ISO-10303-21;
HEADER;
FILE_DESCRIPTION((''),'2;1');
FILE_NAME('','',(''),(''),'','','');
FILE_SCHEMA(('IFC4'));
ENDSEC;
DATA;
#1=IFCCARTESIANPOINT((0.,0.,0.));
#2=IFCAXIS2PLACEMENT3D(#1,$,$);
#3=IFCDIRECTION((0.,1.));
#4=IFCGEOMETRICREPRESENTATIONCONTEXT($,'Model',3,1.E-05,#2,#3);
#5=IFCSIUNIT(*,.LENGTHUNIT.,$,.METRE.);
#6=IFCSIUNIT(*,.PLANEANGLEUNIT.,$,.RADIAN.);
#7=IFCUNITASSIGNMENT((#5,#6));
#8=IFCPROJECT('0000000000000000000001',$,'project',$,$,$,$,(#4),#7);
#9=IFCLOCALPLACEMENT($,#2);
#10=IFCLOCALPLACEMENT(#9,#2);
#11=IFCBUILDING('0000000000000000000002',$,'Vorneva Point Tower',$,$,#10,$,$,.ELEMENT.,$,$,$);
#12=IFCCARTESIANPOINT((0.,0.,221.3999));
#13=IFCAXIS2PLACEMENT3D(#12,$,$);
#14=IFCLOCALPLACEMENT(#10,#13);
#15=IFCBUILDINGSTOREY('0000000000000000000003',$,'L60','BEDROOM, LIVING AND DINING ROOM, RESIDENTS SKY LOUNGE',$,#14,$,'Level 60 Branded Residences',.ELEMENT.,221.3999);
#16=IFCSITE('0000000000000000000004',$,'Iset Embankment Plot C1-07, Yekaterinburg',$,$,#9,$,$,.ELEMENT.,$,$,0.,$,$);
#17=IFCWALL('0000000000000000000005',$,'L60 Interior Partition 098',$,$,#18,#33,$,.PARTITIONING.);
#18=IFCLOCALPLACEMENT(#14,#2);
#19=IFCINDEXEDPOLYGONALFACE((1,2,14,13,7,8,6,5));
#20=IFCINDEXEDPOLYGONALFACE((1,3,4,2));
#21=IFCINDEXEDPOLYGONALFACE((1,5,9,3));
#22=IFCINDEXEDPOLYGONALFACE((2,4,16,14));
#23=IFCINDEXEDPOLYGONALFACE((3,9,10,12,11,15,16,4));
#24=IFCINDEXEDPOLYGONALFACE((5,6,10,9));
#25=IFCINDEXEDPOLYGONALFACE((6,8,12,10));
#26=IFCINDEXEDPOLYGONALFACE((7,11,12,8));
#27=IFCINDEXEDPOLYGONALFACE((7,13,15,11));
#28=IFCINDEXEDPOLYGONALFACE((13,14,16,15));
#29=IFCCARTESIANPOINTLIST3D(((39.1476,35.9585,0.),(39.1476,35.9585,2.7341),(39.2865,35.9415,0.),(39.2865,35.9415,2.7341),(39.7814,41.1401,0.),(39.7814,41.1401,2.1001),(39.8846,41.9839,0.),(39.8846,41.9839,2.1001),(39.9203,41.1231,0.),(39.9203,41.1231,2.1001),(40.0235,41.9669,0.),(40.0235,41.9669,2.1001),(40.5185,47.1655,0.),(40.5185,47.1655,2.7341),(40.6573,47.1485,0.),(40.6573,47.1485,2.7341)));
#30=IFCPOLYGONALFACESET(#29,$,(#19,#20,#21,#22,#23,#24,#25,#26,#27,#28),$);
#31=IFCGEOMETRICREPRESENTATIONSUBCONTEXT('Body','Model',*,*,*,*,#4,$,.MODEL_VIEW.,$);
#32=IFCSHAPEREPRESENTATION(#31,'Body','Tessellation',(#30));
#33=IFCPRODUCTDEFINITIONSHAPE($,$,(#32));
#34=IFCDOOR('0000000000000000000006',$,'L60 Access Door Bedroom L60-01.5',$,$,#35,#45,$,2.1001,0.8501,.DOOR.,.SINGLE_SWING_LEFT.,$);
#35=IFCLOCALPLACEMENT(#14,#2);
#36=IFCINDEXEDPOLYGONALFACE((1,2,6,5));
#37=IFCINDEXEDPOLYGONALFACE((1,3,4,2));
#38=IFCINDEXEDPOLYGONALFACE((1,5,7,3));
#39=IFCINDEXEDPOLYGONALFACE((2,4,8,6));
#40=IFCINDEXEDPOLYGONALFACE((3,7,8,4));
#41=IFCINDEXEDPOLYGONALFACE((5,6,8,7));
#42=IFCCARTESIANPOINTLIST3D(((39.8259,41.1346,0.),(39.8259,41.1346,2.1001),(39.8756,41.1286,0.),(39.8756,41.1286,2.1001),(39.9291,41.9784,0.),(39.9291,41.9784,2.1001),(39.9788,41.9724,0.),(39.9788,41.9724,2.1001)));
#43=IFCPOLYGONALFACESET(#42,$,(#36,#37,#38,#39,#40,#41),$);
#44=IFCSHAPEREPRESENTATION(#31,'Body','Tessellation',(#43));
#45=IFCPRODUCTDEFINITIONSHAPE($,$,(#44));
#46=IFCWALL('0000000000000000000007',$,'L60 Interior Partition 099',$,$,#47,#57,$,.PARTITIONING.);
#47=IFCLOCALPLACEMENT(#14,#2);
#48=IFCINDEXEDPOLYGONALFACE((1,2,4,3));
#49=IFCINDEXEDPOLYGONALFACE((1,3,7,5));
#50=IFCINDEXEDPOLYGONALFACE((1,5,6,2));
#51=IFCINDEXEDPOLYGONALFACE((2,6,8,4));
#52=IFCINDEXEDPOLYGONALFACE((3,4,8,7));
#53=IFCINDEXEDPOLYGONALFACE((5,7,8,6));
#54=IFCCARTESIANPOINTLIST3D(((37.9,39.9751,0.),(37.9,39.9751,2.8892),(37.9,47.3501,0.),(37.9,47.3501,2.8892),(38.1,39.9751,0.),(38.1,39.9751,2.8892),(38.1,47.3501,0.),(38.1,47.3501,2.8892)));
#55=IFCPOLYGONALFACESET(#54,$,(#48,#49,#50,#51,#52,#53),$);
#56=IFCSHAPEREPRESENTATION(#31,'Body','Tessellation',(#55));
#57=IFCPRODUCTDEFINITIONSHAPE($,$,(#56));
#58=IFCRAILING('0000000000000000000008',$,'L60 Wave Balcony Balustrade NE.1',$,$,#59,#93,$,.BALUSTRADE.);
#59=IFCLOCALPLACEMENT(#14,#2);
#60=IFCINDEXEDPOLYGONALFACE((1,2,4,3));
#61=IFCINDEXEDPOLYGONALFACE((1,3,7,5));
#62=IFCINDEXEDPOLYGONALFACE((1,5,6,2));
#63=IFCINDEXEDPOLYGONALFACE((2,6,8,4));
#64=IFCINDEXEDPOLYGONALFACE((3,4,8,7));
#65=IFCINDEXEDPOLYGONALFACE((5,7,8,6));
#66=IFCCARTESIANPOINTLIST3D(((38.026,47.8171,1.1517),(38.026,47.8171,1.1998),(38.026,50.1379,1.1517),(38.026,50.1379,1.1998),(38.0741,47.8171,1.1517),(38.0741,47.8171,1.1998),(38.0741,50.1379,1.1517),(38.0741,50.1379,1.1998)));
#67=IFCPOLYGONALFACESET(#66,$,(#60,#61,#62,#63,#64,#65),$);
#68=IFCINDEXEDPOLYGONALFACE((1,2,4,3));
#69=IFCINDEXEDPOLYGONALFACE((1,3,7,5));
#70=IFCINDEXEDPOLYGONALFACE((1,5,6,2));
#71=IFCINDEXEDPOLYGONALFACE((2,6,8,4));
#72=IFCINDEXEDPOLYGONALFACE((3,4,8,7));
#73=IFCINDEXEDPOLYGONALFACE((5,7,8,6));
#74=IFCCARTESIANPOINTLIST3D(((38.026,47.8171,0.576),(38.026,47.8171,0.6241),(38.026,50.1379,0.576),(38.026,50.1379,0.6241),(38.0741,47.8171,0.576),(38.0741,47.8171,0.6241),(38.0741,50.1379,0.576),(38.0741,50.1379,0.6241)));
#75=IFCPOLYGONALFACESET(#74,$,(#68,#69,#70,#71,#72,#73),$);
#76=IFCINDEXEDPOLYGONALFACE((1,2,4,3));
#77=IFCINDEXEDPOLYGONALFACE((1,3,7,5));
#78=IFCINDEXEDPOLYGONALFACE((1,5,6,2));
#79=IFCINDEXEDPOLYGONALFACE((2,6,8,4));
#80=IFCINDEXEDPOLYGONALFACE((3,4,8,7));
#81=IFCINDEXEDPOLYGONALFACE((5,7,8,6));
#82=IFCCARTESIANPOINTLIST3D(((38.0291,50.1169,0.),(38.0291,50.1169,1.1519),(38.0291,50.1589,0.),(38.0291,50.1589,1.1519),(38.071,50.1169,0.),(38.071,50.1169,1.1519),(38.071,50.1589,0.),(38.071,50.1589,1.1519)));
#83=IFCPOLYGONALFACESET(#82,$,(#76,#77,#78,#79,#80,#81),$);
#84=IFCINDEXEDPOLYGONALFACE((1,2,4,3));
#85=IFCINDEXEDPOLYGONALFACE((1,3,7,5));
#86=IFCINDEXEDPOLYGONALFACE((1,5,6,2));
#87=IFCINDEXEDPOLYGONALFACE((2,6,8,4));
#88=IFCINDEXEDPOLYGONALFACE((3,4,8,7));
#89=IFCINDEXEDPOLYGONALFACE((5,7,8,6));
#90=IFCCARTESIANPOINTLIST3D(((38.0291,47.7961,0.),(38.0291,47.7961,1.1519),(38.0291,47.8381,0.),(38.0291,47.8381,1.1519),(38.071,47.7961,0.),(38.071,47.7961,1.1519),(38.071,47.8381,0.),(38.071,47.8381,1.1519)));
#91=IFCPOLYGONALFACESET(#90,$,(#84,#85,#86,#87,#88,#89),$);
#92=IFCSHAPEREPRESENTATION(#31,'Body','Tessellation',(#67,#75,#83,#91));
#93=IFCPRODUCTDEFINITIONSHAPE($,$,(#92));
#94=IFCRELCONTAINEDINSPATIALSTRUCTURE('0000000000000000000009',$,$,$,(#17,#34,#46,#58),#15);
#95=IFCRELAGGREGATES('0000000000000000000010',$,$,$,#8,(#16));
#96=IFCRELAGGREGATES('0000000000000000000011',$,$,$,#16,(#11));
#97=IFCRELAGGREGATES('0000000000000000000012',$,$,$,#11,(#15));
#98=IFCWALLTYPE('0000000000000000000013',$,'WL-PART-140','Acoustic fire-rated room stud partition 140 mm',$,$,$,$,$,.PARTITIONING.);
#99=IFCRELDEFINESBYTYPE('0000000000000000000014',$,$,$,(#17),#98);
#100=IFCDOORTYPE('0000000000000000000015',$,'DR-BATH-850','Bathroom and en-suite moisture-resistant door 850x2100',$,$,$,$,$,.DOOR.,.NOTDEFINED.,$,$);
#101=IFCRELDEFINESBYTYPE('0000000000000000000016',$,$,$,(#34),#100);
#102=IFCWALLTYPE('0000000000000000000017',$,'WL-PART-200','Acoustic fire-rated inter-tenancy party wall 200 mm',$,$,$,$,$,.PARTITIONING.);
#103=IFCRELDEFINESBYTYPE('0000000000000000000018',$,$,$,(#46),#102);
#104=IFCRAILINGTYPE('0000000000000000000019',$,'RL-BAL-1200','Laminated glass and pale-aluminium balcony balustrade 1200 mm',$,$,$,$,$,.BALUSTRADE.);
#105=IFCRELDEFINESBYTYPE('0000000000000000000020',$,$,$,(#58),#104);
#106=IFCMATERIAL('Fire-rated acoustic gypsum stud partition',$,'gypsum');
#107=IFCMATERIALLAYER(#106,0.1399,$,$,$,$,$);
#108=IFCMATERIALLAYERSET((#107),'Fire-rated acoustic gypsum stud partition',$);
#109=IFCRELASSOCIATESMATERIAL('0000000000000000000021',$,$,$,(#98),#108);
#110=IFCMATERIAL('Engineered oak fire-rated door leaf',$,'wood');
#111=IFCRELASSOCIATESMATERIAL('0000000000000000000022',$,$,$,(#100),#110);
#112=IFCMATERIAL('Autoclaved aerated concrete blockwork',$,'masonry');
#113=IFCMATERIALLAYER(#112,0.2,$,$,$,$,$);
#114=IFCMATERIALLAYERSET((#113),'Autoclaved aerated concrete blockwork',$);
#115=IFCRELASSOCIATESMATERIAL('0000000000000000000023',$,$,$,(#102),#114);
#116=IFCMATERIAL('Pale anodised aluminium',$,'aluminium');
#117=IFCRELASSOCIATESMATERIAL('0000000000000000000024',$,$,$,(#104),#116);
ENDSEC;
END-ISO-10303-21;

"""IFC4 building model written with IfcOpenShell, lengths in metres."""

from ifc_helpers import new_model, si_unit, direction, frame, frame_2d, origin, origin_2d, place, context, subcontext, project, spatial, rectangle, extrude, material, layer, layer_set, type_object, element, fill, save


model = new_model("IFC4")

# Units and contexts
model_context = context("Model", 3, precision=1e-05, world=origin(), true_north=direction((0.0, 1.0)))
body_context = subcontext(model_context, "Body", "Model", "MODEL_VIEW")
ifc_project = project(units=[si_unit("LENGTHUNIT", "METRE"), si_unit("PLANEANGLEUNIT", "RADIAN")], contexts=[model_context])

# Site, building, storey
site_placement = place(None, origin())
site = spatial("IfcSite", under=ifc_project, at=site_placement, Name="Iset Embankment Plot C1-07, Yekaterinburg", CompositionType="ELEMENT", RefElevation=0.0)
building_placement = place(site_placement, origin())
building = spatial("IfcBuilding", under=site, at=building_placement, Name="Vorneva Point Tower", CompositionType="ELEMENT")
storey_placement = place(building_placement, frame((0.0, 0.0, 221.3999)))
storey = spatial("IfcBuildingStorey", under=building, at=storey_placement, Name="L60", Description="BEDROOM, LIVING AND DINING ROOM, RESIDENTS SKY LOUNGE", LongName="Level 60 Branded Residences", CompositionType="ELEMENT", Elevation=221.3999)

# Shared definitions
ifc_material_1 = material(Name="Pale anodised aluminium", Category="aluminium")

# Shared definitions
ifc_material_2 = material(Name="Fire-rated acoustic gypsum stud partition", Category="gypsum")
ifc_layer_1 = layer(ifc_material_2, 0.1399)
ifc_layer_set_1 = layer_set([ifc_layer_1], Name="Fire-rated acoustic gypsum stud partition")
wall_type_1 = type_object("IfcWallType", Name="WL-PART-140", Description="Acoustic fire-rated room stud partition 140 mm", PredefinedType="PARTITIONING", material=ifc_layer_set_1)

# Wall, opening, door
wall_1_placement = place(storey_placement, frame((40.5879, 47.157, 0.0), z_axis=(0.0, 0.0, 1.0), x_axis=(-0.121416, -0.992602, 0.0)))
wall_1 = element("IfcWall", 1, at=wall_1_placement, inside=storey, type_object=wall_type_1, Name="L60 Interior Partition 098", PredefinedType="PARTITIONING", context=body_context, shape_type="SweptSolid", body=[
    extrude(rectangle(XDim=11.2905, YDim=0.1399, at=frame_2d((5.6453, 0.0))), origin(), (0.0, 0.0, 1.0), 2.7341),
])
opening_placement = place(wall_1_placement, frame((5.2202, 0.0, 0.0)))
opening = element("IfcOpeningElement", 2, at=opening_placement, cuts=wall_1, PredefinedType="OPENING", context=body_context, shape_type="SweptSolid", body=[
    extrude(rectangle(XDim=0.8501, YDim=2.1001, at=frame_2d((0.425, 1.05))), frame((0.0, 0.085, 0.0), z_axis=(0.0, -1.0, 0.0), x_axis=(1.0, 0.0, 0.0)), (0.0, 0.0, 1.0), 0.1697),
])
ifc_material_3 = material(Name="Engineered oak fire-rated door leaf", Category="wood")
door_type = type_object("IfcDoorType", Name="DR-BATH-850", Description="Bathroom and en-suite moisture-resistant door 850x2100", OperationType="NOTDEFINED", PredefinedType="DOOR", material=ifc_material_3)
door_placement = place(opening_placement, origin())
door = element("IfcDoor", 3, at=door_placement, inside=storey, type_object=door_type, Name="L60 Access Door Bedroom L60-01.5", OperationType="SINGLE_SWING_LEFT", OverallHeight=2.1001, OverallWidth=0.8501, PredefinedType="DOOR", context=body_context, shape_type="SweptSolid", body=[
    extrude(rectangle(XDim=0.8501, YDim=2.1001, at=frame_2d((0.425, 1.05))), frame((0.0, 0.0249, 0.0), z_axis=(0.0, -1.0, 0.0), x_axis=(1.0, 0.0, 0.0)), (0.0, 0.0, 1.0), 0.05),
])
fill(opening, door)

# Wall
ifc_material_4 = material(Name="Autoclaved aerated concrete blockwork", Category="masonry")
ifc_layer_2 = layer(ifc_material_4, 0.2)
ifc_layer_set_2 = layer_set([ifc_layer_2], Name="Autoclaved aerated concrete blockwork")
wall_type_2 = type_object("IfcWallType", Name="WL-PART-200", Description="Acoustic fire-rated inter-tenancy party wall 200 mm", PredefinedType="PARTITIONING", material=ifc_layer_set_2)
wall_2_placement = place(storey_placement, frame((38.0, 47.3501, 0.0), z_axis=(0.0, 0.0, 1.0), x_axis=(0.0, -1.0, 0.0)))
element("IfcWall", 4, at=wall_2_placement, inside=storey, type_object=wall_type_2, Name="L60 Interior Partition 099", PredefinedType="PARTITIONING", context=body_context, shape_type="SweptSolid", body=[
    extrude(rectangle(XDim=7.375, YDim=0.2, at=frame_2d((3.6875, 0.0))), origin(), (0.0, 0.0, 1.0), 2.8892),
])

# Railing
railing_type = type_object("IfcRailingType", Name="RL-BAL-1200", Description="Laminated glass and pale-aluminium balcony balustrade 1200 mm", PredefinedType="BALUSTRADE", material=ifc_material_1)
railing_placement = place(storey_placement, frame((38.05, 50.1379, 0.0)))
element("IfcRailing", 5, at=railing_placement, inside=storey, type_object=railing_type, Name="L60 Wave Balcony Balustrade NE.1", PredefinedType="BALUSTRADE", context=body_context, shape_type="SweptSolid", body=[
    extrude(rectangle(XDim=0.0481, YDim=0.0481, at=origin_2d()), frame((0.0, 0.0, 1.1758), z_axis=(0.0, -1.0, 0.0), x_axis=(1.0, 0.0, 0.0)), (0.0, 0.0, 1.0), 2.3208),
    extrude(rectangle(XDim=0.0481, YDim=0.0481, at=origin_2d()), frame((0.0, 0.0, 0.6001), z_axis=(0.0, -1.0, 0.0), x_axis=(1.0, 0.0, 0.0)), (0.0, 0.0, 1.0), 2.3208),
    extrude(rectangle(XDim=0.042, YDim=0.042, at=origin_2d()), origin(), (0.0, 0.0, 1.0), 1.1519),
    extrude(rectangle(XDim=0.042, YDim=0.042, at=origin_2d()), frame((0.0, -2.3208, 0.0)), (0.0, 0.0, 1.0), 1.1519),
])

save(model, "model.ifc")
